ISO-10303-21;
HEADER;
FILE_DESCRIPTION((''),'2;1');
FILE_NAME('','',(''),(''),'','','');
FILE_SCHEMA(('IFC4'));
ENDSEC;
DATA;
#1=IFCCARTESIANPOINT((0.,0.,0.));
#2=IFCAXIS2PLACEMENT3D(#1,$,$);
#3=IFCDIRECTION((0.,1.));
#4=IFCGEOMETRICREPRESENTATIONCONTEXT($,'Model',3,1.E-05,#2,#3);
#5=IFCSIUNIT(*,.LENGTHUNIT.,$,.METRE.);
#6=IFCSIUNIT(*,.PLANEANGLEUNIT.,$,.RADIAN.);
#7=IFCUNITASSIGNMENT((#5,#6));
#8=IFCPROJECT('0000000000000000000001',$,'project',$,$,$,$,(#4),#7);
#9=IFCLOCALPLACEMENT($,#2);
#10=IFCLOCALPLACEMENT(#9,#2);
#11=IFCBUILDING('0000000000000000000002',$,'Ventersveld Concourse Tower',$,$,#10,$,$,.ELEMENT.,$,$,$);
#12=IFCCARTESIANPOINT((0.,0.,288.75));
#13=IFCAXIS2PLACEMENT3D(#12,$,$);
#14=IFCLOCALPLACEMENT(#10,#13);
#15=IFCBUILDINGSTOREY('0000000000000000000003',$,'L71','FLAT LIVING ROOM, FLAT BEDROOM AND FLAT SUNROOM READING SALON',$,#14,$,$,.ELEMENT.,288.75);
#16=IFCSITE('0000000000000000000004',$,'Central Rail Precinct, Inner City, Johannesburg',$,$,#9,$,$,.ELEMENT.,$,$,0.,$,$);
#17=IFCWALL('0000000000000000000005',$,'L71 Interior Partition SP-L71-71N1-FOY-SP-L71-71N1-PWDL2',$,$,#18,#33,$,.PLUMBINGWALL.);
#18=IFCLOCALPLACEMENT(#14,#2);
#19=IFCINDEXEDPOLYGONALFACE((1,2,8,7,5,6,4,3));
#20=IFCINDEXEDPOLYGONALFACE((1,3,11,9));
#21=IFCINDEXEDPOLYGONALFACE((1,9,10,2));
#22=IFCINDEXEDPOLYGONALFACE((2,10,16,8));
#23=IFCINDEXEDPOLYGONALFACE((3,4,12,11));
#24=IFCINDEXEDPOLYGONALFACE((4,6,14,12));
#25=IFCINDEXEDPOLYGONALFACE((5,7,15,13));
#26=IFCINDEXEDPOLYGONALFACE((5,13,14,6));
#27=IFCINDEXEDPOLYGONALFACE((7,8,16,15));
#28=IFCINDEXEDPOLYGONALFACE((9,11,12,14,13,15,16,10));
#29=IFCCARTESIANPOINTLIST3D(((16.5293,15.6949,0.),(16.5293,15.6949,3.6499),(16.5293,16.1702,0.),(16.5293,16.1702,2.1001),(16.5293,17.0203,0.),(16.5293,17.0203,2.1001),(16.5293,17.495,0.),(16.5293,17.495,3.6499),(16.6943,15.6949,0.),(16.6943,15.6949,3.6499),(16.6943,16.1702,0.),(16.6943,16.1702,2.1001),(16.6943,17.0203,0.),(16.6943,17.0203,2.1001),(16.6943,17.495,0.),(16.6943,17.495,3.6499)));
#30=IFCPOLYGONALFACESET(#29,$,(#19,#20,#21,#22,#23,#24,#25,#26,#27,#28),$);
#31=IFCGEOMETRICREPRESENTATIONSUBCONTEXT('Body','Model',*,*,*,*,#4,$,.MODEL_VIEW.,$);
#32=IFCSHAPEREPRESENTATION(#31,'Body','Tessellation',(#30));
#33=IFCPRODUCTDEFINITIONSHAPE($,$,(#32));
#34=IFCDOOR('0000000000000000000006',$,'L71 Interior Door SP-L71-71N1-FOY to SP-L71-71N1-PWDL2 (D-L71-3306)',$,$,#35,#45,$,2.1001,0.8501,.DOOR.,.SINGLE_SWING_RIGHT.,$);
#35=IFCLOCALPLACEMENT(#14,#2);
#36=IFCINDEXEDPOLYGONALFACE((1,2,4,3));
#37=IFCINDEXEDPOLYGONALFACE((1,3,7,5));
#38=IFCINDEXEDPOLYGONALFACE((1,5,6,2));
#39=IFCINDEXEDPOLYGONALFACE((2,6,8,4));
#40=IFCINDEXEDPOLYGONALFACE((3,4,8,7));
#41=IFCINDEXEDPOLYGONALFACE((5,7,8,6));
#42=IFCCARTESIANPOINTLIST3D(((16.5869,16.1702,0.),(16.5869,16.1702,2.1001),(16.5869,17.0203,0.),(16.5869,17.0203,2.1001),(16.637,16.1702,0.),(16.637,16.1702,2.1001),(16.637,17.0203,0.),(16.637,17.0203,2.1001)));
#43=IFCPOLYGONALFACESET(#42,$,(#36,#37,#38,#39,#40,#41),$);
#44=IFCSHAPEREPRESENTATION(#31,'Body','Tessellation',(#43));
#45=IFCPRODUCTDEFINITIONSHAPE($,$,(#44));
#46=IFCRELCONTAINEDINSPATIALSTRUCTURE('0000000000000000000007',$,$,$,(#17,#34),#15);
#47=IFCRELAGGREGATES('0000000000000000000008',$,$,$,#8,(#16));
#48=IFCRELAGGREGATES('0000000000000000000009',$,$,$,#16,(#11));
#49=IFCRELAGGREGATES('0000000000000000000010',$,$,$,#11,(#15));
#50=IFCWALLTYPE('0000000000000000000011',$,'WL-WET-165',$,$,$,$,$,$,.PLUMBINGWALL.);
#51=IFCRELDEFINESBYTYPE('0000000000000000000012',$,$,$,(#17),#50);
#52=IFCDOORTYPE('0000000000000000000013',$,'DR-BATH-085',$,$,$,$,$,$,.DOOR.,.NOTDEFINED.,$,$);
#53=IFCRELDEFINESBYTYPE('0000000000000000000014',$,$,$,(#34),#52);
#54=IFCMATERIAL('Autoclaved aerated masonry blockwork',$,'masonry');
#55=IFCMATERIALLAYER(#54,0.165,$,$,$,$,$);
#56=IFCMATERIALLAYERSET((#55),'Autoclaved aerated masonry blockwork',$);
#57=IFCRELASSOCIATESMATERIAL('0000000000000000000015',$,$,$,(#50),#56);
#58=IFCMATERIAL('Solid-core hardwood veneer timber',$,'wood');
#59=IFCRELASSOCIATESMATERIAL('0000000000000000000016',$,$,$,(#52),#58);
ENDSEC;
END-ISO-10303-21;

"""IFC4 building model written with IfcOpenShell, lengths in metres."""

from ifc_helpers import new_model, si_unit, direction, frame, frame_2d, origin, place, context, subcontext, project, spatial, rectangle, extrude, material, layer, layer_set, type_object, element, fill, save


model = new_model("IFC4")

# Units and contexts
model_context = context("Model", 3, precision=1e-05, world=origin(), true_north=direction((0.0, 1.0)))
body_context = subcontext(model_context, "Body", "Model", "MODEL_VIEW")
ifc_project = project(units=[si_unit("LENGTHUNIT", "METRE"), si_unit("PLANEANGLEUNIT", "RADIAN")], contexts=[model_context])

# Site, building, storey
site_placement = place(None, origin())
site = spatial("IfcSite", under=ifc_project, at=site_placement, Name="Central Rail Precinct, Inner City, Johannesburg", CompositionType="ELEMENT", RefElevation=0.0)
building_placement = place(site_placement, origin())
building = spatial("IfcBuilding", under=site, at=building_placement, Name="Ventersveld Concourse Tower", CompositionType="ELEMENT")
storey_placement = place(building_placement, frame((0.0, 0.0, 288.75)))
storey = spatial("IfcBuildingStorey", under=building, at=storey_placement, Name="L71", Description="FLAT LIVING ROOM, FLAT BEDROOM AND FLAT SUNROOM READING SALON", CompositionType="ELEMENT", Elevation=288.75)

# Shared definitions
ifc_material_1 = material(Name="Autoclaved aerated masonry blockwork", Category="masonry")
ifc_material_2 = material(Name="Solid-core hardwood veneer timber", Category="wood")

# Wall, opening, door
ifc_layer_1 = layer(ifc_material_1, 0.165)
ifc_layer_set_1 = layer_set([ifc_layer_1], Name="Autoclaved aerated masonry blockwork")
wall_type_1 = type_object("IfcWallType", Name="WL-WET-165", PredefinedType="PLUMBINGWALL", material=ifc_layer_set_1)
door_type_1 = type_object("IfcDoorType", Name="DR-BATH-085", OperationType="NOTDEFINED", PredefinedType="DOOR", material=ifc_material_2)
wall_1_placement = place(storey_placement, frame((16.6118, 15.6951, 0.0), z_axis=(0.0, 0.0, 1.0), x_axis=(0.0, 1.0, 0.0)))
wall_1 = element("IfcWall", 1, at=wall_1_placement, inside=storey, type_object=wall_type_1, Name="L71 Interior Partition SP-L71-71N1-FOY-SP-L71-71N1-PWDL2", PredefinedType="PLUMBINGWALL", context=body_context, shape_type="SweptSolid", body=[
    extrude(rectangle(XDim=1.8, YDim=0.165, at=frame_2d((0.8999, 0.0))), origin(), (0.0, 0.0, 1.0), 3.6499),
])
opening_1_placement = place(wall_1_placement, frame((0.4751, 0.0, 0.0)))
opening_1 = element("IfcOpeningElement", 2, at=opening_1_placement, cuts=wall_1, PredefinedType="OPENING", context=body_context, shape_type="SweptSolid", body=[
    extrude(rectangle(XDim=0.8501, YDim=2.1001, at=frame_2d((0.425, 1.05))), frame((0.0, 0.0925, 0.0), z_axis=(0.0, -1.0, 0.0), x_axis=(1.0, 0.0, 0.0)), (0.0, 0.0, 1.0), 0.1851),
])
door_1_placement = place(opening_1_placement, origin())
door_1 = element("IfcDoor", 3, at=door_1_placement, inside=storey, type_object=door_type_1, Name="L71 Interior Door SP-L71-71N1-FOY to SP-L71-71N1-PWDL2 (D-L71-3306)", OperationType="SINGLE_SWING_RIGHT", OverallHeight=2.1001, OverallWidth=0.8501, PredefinedType="DOOR", context=body_context, shape_type="SweptSolid", body=[
    extrude(rectangle(XDim=0.8501, YDim=2.1001, at=frame_2d((0.425, 1.05))), frame((0.0, 0.0249, 0.0), z_axis=(0.0, -1.0, 0.0), x_axis=(1.0, 0.0, 0.0)), (0.0, 0.0, 1.0), 0.05),
])
fill(opening_1, door_1)

save(model, "model.ifc")
